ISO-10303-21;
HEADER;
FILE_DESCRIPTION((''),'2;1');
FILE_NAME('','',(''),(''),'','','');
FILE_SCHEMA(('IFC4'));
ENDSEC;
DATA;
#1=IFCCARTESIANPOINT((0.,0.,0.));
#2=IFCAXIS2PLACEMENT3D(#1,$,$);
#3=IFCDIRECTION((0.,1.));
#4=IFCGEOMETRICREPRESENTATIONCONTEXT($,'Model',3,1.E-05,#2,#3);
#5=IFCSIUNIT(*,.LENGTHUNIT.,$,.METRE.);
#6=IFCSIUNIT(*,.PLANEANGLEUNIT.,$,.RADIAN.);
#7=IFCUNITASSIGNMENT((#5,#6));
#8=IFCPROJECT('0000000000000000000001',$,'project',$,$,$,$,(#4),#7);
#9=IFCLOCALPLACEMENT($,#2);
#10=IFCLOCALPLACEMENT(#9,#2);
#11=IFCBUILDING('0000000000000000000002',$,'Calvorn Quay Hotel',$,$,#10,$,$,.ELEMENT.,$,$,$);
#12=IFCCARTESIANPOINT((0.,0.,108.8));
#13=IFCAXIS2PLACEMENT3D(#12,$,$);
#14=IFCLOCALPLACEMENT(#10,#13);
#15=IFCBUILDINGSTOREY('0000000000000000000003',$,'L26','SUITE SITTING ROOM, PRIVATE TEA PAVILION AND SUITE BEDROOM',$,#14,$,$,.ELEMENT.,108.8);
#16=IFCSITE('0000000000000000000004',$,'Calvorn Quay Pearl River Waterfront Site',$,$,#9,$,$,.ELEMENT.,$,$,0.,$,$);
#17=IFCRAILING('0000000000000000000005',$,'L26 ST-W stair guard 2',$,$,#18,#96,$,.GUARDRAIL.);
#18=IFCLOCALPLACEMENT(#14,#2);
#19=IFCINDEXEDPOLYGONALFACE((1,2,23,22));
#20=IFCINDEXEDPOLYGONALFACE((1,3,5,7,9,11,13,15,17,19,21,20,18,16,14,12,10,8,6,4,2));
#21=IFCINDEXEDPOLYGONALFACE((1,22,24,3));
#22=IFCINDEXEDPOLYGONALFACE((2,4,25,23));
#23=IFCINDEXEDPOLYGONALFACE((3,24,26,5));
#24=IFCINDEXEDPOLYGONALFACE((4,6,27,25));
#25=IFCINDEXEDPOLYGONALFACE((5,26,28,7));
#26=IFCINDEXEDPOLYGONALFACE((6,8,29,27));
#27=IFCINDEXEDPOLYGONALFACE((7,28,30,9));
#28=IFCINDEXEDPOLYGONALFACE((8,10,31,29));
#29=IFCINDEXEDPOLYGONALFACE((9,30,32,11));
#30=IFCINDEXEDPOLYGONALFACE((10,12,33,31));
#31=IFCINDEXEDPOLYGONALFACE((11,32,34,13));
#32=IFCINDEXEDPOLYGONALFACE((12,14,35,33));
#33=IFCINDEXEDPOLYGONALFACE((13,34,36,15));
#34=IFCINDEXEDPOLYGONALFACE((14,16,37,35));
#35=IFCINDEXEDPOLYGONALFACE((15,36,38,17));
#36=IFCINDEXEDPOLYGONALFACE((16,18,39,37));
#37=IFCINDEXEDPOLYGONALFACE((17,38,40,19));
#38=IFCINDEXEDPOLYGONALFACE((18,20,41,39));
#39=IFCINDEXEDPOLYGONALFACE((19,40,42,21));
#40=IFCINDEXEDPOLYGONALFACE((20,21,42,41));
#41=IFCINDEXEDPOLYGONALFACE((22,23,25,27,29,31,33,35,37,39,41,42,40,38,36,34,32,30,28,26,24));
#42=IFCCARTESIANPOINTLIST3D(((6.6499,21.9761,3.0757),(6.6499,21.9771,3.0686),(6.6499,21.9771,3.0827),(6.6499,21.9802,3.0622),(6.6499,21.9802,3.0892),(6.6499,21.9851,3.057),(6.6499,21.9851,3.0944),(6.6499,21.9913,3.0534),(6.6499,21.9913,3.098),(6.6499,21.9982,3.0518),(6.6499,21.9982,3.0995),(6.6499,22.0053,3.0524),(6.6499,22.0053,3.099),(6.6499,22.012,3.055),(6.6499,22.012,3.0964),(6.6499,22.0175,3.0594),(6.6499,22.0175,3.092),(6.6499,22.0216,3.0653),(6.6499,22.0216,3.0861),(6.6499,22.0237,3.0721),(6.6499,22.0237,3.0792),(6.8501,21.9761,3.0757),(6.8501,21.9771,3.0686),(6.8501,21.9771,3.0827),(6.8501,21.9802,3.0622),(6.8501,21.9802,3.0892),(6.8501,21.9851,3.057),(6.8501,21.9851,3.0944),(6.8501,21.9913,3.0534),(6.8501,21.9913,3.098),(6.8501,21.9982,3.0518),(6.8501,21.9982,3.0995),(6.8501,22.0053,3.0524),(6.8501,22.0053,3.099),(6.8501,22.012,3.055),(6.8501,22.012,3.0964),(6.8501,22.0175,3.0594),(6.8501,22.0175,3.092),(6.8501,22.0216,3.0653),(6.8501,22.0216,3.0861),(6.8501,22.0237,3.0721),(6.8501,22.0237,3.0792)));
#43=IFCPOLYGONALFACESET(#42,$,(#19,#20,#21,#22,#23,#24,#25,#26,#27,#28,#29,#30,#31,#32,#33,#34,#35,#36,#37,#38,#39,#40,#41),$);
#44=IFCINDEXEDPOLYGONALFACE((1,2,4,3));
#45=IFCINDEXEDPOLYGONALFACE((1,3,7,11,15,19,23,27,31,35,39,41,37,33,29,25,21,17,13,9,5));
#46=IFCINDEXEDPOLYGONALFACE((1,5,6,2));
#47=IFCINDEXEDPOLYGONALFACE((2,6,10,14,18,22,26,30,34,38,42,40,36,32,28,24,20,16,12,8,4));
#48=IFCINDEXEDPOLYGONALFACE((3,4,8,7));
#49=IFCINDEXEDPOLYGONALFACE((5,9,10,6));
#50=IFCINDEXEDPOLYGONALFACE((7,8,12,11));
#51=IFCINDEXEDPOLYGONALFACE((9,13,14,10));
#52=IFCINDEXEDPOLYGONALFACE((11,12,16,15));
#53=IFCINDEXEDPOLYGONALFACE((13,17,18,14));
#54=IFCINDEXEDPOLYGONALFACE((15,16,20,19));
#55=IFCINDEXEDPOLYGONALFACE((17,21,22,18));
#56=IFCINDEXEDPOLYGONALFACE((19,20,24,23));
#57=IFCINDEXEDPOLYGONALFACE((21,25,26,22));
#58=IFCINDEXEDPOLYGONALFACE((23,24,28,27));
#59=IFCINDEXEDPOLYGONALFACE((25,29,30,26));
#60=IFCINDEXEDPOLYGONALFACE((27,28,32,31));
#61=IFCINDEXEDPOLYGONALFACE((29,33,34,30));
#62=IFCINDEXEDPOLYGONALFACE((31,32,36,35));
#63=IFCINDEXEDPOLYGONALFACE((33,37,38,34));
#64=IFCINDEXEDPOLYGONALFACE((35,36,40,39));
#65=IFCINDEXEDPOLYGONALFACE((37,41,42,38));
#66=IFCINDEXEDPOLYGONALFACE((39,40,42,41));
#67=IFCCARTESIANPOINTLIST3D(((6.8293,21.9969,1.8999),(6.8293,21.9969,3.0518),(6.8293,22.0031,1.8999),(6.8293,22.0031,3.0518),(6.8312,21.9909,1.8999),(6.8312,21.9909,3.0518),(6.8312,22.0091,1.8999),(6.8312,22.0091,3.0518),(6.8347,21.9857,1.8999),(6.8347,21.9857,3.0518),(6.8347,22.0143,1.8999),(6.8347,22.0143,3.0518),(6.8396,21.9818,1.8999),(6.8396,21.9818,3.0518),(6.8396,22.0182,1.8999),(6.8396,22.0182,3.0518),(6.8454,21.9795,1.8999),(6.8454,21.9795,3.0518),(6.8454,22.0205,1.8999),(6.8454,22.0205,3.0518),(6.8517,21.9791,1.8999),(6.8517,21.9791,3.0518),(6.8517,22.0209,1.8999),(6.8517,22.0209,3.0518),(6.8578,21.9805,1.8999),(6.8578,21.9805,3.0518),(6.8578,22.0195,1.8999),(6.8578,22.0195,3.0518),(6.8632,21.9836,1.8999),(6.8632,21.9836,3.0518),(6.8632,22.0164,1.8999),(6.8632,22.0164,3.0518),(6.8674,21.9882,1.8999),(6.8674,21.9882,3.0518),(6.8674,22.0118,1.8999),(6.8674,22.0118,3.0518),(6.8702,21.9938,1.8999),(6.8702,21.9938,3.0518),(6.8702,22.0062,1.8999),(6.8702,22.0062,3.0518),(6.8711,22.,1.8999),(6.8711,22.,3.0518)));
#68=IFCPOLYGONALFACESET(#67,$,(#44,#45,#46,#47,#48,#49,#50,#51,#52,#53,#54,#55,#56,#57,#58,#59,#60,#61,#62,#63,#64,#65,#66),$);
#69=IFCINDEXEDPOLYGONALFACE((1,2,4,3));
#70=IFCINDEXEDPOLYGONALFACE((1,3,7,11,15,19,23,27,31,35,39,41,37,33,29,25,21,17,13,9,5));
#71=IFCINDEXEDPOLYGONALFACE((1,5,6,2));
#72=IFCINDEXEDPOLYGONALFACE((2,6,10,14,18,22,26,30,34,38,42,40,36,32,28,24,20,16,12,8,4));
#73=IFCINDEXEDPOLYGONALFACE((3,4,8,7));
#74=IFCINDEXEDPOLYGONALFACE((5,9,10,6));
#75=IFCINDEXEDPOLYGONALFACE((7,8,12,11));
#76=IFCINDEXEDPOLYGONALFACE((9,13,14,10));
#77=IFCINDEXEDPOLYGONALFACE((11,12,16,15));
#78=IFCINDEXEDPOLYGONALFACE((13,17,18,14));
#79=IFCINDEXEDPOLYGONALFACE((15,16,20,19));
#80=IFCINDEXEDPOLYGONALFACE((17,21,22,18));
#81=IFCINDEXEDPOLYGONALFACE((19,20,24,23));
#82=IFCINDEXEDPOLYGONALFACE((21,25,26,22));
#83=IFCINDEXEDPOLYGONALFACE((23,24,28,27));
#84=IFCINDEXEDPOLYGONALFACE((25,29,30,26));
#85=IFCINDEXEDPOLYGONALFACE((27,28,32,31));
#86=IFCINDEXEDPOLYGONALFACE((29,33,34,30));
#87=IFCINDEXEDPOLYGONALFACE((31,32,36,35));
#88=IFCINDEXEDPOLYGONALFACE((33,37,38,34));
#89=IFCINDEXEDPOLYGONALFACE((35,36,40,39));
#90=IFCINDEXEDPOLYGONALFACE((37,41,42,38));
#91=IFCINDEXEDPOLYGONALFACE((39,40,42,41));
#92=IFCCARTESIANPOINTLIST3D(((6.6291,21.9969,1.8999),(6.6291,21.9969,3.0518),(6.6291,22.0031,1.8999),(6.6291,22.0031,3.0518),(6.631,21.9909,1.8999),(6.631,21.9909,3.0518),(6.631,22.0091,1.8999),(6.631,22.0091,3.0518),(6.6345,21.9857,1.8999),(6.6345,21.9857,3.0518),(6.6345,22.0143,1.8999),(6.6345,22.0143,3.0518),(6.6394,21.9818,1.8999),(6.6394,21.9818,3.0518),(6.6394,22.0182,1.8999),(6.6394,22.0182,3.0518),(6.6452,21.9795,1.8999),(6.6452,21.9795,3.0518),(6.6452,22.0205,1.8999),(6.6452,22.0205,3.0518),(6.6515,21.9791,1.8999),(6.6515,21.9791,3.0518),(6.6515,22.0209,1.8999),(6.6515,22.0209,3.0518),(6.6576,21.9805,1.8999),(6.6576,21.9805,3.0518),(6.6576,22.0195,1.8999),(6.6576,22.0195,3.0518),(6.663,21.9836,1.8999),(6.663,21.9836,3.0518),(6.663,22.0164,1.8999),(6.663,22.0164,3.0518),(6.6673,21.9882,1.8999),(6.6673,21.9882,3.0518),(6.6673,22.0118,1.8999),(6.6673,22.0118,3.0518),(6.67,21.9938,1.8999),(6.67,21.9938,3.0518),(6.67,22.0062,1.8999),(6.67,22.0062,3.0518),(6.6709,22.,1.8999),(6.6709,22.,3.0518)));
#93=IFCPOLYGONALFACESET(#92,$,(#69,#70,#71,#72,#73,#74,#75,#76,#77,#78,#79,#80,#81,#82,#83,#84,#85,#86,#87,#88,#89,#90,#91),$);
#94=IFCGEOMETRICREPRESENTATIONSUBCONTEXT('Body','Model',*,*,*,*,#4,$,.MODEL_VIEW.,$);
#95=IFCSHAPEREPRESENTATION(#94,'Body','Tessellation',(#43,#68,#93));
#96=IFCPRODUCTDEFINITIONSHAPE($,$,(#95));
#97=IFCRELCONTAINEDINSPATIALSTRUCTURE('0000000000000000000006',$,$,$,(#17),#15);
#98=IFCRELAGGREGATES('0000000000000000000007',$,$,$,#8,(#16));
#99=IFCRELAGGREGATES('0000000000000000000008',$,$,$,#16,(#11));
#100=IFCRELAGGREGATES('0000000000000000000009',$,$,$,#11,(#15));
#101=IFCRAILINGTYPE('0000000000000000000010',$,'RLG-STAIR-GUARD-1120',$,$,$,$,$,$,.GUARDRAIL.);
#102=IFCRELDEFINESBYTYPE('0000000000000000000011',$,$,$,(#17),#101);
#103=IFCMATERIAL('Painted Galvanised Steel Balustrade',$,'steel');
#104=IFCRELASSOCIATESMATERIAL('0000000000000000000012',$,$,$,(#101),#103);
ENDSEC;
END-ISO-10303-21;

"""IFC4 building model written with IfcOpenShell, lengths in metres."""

from ifc_helpers import new_model, si_unit, direction, frame, origin, origin_2d, place, context, subcontext, project, spatial, circle, extrude, material, type_object, element, save


model = new_model("IFC4")

# Units and contexts
model_context = context("Model", 3, precision=1e-05, world=origin(), true_north=direction((0.0, 1.0)))
body_context = subcontext(model_context, "Body", "Model", "MODEL_VIEW")
ifc_project = project(units=[si_unit("LENGTHUNIT", "METRE"), si_unit("PLANEANGLEUNIT", "RADIAN")], contexts=[model_context])

# Site, building, storey
site_placement = place(None, origin())
site = spatial("IfcSite", under=ifc_project, at=site_placement, Name="Calvorn Quay Pearl River Waterfront Site", CompositionType="ELEMENT", RefElevation=0.0)
building_placement = place(site_placement, origin())
building = spatial("IfcBuilding", under=site, at=building_placement, Name="Calvorn Quay Hotel", CompositionType="ELEMENT")
storey_placement = place(building_placement, frame((0.0, 0.0, 108.8)))
storey = spatial("IfcBuildingStorey", under=building, at=storey_placement, Name="L26", Description="SUITE SITTING ROOM, PRIVATE TEA PAVILION AND SUITE BEDROOM", CompositionType="ELEMENT", Elevation=108.8)

# Railing
ifc_material_1 = material(Name="Painted Galvanised Steel Balustrade", Category="steel")
railing_type_1 = type_object("IfcRailingType", Name="RLG-STAIR-GUARD-1120", PredefinedType="GUARDRAIL", material=ifc_material_1)
railing_1_placement = place(storey_placement, frame((6.8501, 22.0, 1.8999)))
element("IfcRailing", 1, at=railing_1_placement, inside=storey, type_object=railing_type_1, Name="L26 ST-W stair guard 2", PredefinedType="GUARDRAIL", context=body_context, shape_type="SweptSolid", body=[
    extrude(circle(Radius=0.0239, at=origin_2d()), frame((0.0, 0.0, 1.1758), z_axis=(-1.0, 0.0, 0.0), x_axis=(0.0, -1.0, 0.0)), (0.0, 0.0, 1.0), 0.2002),
    extrude(circle(Radius=0.021, at=origin_2d()), origin(), (0.0, 0.0, 1.0), 1.1519),
    extrude(circle(Radius=0.021, at=origin_2d()), frame((-0.2002, 0.0, 0.0)), (0.0, 0.0, 1.0), 1.1519),
])

save(model, "model.ifc")
